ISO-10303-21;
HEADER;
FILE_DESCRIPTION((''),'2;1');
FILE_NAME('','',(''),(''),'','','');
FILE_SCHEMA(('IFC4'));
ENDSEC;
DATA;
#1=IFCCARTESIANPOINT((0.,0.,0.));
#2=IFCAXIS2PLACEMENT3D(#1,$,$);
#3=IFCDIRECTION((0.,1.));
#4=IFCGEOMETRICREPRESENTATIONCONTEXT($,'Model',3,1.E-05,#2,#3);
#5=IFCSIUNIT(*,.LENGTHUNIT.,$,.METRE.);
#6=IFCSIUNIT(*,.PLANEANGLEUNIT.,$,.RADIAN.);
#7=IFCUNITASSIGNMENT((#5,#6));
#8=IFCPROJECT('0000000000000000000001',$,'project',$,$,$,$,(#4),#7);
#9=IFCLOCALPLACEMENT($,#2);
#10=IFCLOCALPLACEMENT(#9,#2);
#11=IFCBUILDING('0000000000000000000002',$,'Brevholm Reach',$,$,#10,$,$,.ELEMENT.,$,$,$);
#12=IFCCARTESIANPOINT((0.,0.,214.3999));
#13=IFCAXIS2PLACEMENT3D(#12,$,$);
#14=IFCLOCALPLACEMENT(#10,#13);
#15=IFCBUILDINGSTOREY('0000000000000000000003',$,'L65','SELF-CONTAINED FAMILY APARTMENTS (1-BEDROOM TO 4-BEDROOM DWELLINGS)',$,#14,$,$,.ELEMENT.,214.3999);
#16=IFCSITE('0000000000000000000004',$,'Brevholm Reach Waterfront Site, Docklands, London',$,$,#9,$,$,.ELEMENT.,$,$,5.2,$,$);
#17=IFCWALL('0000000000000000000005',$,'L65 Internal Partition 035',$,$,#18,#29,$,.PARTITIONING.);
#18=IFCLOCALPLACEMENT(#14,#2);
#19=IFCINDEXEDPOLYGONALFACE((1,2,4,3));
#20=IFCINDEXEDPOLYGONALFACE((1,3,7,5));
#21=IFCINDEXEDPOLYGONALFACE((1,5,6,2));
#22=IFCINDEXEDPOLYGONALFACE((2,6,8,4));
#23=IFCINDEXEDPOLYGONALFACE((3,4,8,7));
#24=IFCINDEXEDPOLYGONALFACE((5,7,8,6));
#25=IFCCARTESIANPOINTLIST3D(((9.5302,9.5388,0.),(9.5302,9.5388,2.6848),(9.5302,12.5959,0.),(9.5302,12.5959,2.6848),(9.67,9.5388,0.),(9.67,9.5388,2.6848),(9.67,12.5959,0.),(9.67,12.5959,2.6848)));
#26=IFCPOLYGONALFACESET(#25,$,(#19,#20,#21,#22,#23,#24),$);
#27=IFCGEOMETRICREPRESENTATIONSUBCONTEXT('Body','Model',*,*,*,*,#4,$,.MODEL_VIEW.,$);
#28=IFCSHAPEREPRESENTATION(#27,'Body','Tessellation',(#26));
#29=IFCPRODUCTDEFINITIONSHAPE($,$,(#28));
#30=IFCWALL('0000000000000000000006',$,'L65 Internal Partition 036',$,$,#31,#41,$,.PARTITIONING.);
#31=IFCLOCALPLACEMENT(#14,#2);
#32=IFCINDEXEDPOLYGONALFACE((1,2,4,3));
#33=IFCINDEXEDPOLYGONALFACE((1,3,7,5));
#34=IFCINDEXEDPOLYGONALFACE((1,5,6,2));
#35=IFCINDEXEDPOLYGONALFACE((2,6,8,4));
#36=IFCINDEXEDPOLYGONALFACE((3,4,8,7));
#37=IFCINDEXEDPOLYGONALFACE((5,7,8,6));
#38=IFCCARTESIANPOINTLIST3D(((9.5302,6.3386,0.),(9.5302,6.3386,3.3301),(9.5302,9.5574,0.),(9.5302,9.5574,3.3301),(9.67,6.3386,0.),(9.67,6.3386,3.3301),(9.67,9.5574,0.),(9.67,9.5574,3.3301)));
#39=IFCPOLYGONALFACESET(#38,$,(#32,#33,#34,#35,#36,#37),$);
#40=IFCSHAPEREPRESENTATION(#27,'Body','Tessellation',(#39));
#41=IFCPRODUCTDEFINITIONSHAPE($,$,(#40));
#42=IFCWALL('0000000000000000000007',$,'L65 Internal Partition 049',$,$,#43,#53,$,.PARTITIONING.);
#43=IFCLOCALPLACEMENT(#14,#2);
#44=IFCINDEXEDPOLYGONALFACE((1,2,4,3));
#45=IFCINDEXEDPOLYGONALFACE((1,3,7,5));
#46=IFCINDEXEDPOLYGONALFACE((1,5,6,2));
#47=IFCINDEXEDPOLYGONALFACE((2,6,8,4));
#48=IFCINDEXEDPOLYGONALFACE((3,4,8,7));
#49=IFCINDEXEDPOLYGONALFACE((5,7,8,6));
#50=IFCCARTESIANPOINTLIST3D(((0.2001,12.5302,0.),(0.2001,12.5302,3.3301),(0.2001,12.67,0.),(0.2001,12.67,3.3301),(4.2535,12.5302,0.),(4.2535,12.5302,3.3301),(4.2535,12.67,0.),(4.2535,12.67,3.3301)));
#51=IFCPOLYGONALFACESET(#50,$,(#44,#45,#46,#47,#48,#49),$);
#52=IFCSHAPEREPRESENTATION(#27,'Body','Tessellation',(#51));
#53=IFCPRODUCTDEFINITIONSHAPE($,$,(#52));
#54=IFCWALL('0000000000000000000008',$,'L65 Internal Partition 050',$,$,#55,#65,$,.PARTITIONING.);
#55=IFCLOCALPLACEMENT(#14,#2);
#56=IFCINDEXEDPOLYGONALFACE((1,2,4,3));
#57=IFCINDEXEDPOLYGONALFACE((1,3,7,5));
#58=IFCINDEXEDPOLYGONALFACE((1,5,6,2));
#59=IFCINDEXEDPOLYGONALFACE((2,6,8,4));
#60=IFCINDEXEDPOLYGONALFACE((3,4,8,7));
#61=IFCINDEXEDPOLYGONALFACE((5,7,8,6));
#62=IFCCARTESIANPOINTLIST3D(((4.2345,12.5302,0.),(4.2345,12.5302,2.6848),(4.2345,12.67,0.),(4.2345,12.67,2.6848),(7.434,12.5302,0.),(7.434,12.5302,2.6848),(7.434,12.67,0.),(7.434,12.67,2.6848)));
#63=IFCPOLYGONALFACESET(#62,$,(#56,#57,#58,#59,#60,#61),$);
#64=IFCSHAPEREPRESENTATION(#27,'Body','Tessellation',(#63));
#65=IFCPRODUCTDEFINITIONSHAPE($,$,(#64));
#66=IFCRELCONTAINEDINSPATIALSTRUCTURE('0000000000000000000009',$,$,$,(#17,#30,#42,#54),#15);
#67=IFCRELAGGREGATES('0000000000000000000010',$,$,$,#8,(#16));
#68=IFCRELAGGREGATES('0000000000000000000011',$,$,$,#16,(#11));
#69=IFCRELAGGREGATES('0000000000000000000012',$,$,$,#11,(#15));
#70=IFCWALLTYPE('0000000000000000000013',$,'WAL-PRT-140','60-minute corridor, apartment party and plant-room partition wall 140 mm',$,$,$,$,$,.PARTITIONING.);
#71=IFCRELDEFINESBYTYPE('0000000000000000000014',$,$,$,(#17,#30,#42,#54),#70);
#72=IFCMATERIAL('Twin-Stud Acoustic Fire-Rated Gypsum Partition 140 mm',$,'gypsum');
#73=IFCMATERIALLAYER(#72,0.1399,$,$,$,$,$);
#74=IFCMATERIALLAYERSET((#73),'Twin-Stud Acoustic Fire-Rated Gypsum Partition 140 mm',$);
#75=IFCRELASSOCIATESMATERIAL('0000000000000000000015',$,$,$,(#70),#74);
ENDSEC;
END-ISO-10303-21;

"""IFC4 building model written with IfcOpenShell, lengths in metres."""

from ifc_helpers import new_model, si_unit, direction, frame, frame_2d, origin, place, context, subcontext, project, spatial, rectangle, extrude, material, layer, layer_set, type_object, element, save


model = new_model("IFC4")

# Units and contexts
model_context = context("Model", 3, precision=1e-05, world=origin(), true_north=direction((0.0, 1.0)))
body_context = subcontext(model_context, "Body", "Model", "MODEL_VIEW")
ifc_project = project(units=[si_unit("LENGTHUNIT", "METRE"), si_unit("PLANEANGLEUNIT", "RADIAN")], contexts=[model_context])

# Site, building, storey
site_placement = place(None, origin())
site = spatial("IfcSite", under=ifc_project, at=site_placement, Name="Brevholm Reach Waterfront Site, Docklands, London", CompositionType="ELEMENT", RefElevation=5.2)
building_placement = place(site_placement, origin())
building = spatial("IfcBuilding", under=site, at=building_placement, Name="Brevholm Reach", CompositionType="ELEMENT")
storey_placement = place(building_placement, frame((0.0, 0.0, 214.3999)))
storey = spatial("IfcBuildingStorey", under=building, at=storey_placement, Name="L65", Description="SELF-CONTAINED FAMILY APARTMENTS (1-BEDROOM TO 4-BEDROOM DWELLINGS)", CompositionType="ELEMENT", Elevation=214.3999)

# Walls
ifc_material_1 = material(Name="Twin-Stud Acoustic Fire-Rated Gypsum Partition 140 mm", Category="gypsum")
ifc_layer_1 = layer(ifc_material_1, 0.1399)
ifc_layer_set_1 = layer_set([ifc_layer_1], Name="Twin-Stud Acoustic Fire-Rated Gypsum Partition 140 mm")
wall_type_1 = type_object("IfcWallType", Name="WAL-PRT-140", Description="60-minute corridor, apartment party and plant-room partition wall 140 mm", PredefinedType="PARTITIONING", material=ifc_layer_set_1)
wall_1_placement = place(storey_placement, frame((9.6001, 9.5388, 0.0), z_axis=(0.0, 0.0, 1.0), x_axis=(0.0, 1.0, 0.0)))
element("IfcWall", 1, at=wall_1_placement, inside=storey, type_object=wall_type_1, Name="L65 Internal Partition 035", PredefinedType="PARTITIONING", context=body_context, shape_type="SweptSolid", body=[
    extrude(rectangle(XDim=3.0571, YDim=0.1399, at=frame_2d((1.5286, 0.0))), origin(), (0.0, 0.0, 1.0), 2.6848),
])
wall_2_placement = place(storey_placement, frame((9.6001, 6.3386, 0.0), z_axis=(0.0, 0.0, 1.0), x_axis=(0.0, 1.0, 0.0)))
element("IfcWall", 2, at=wall_2_placement, inside=storey, type_object=wall_type_1, Name="L65 Internal Partition 036", PredefinedType="PARTITIONING", context=body_context, shape_type="SweptSolid", body=[
    extrude(rectangle(XDim=3.2188, YDim=0.1399, at=frame_2d((1.6094, 0.0))), origin(), (0.0, 0.0, 1.0), 3.3301),
])
wall_3_placement = place(storey_placement, frame((0.2, 12.6001, 0.0), z_axis=(0.0, 0.0, 1.0), x_axis=(1.0, 0.0, 0.0)))
element("IfcWall", 3, at=wall_3_placement, inside=storey, type_object=wall_type_1, Name="L65 Internal Partition 049", PredefinedType="PARTITIONING", context=body_context, shape_type="SweptSolid", body=[
    extrude(rectangle(XDim=4.0535, YDim=0.1399, at=frame_2d((2.0269, 0.0))), origin(), (0.0, 0.0, 1.0), 3.3301),
])
wall_4_placement = place(storey_placement, frame((4.2346, 12.6001, 0.0), z_axis=(0.0, 0.0, 1.0), x_axis=(1.0, 0.0, 0.0)))
element("IfcWall", 4, at=wall_4_placement, inside=storey, type_object=wall_type_1, Name="L65 Internal Partition 050", PredefinedType="PARTITIONING", context=body_context, shape_type="SweptSolid", body=[
    extrude(rectangle(XDim=3.1995, YDim=0.1399, at=frame_2d((1.5996, 0.0))), origin(), (0.0, 0.0, 1.0), 2.6848),
])

save(model, "model.ifc")
